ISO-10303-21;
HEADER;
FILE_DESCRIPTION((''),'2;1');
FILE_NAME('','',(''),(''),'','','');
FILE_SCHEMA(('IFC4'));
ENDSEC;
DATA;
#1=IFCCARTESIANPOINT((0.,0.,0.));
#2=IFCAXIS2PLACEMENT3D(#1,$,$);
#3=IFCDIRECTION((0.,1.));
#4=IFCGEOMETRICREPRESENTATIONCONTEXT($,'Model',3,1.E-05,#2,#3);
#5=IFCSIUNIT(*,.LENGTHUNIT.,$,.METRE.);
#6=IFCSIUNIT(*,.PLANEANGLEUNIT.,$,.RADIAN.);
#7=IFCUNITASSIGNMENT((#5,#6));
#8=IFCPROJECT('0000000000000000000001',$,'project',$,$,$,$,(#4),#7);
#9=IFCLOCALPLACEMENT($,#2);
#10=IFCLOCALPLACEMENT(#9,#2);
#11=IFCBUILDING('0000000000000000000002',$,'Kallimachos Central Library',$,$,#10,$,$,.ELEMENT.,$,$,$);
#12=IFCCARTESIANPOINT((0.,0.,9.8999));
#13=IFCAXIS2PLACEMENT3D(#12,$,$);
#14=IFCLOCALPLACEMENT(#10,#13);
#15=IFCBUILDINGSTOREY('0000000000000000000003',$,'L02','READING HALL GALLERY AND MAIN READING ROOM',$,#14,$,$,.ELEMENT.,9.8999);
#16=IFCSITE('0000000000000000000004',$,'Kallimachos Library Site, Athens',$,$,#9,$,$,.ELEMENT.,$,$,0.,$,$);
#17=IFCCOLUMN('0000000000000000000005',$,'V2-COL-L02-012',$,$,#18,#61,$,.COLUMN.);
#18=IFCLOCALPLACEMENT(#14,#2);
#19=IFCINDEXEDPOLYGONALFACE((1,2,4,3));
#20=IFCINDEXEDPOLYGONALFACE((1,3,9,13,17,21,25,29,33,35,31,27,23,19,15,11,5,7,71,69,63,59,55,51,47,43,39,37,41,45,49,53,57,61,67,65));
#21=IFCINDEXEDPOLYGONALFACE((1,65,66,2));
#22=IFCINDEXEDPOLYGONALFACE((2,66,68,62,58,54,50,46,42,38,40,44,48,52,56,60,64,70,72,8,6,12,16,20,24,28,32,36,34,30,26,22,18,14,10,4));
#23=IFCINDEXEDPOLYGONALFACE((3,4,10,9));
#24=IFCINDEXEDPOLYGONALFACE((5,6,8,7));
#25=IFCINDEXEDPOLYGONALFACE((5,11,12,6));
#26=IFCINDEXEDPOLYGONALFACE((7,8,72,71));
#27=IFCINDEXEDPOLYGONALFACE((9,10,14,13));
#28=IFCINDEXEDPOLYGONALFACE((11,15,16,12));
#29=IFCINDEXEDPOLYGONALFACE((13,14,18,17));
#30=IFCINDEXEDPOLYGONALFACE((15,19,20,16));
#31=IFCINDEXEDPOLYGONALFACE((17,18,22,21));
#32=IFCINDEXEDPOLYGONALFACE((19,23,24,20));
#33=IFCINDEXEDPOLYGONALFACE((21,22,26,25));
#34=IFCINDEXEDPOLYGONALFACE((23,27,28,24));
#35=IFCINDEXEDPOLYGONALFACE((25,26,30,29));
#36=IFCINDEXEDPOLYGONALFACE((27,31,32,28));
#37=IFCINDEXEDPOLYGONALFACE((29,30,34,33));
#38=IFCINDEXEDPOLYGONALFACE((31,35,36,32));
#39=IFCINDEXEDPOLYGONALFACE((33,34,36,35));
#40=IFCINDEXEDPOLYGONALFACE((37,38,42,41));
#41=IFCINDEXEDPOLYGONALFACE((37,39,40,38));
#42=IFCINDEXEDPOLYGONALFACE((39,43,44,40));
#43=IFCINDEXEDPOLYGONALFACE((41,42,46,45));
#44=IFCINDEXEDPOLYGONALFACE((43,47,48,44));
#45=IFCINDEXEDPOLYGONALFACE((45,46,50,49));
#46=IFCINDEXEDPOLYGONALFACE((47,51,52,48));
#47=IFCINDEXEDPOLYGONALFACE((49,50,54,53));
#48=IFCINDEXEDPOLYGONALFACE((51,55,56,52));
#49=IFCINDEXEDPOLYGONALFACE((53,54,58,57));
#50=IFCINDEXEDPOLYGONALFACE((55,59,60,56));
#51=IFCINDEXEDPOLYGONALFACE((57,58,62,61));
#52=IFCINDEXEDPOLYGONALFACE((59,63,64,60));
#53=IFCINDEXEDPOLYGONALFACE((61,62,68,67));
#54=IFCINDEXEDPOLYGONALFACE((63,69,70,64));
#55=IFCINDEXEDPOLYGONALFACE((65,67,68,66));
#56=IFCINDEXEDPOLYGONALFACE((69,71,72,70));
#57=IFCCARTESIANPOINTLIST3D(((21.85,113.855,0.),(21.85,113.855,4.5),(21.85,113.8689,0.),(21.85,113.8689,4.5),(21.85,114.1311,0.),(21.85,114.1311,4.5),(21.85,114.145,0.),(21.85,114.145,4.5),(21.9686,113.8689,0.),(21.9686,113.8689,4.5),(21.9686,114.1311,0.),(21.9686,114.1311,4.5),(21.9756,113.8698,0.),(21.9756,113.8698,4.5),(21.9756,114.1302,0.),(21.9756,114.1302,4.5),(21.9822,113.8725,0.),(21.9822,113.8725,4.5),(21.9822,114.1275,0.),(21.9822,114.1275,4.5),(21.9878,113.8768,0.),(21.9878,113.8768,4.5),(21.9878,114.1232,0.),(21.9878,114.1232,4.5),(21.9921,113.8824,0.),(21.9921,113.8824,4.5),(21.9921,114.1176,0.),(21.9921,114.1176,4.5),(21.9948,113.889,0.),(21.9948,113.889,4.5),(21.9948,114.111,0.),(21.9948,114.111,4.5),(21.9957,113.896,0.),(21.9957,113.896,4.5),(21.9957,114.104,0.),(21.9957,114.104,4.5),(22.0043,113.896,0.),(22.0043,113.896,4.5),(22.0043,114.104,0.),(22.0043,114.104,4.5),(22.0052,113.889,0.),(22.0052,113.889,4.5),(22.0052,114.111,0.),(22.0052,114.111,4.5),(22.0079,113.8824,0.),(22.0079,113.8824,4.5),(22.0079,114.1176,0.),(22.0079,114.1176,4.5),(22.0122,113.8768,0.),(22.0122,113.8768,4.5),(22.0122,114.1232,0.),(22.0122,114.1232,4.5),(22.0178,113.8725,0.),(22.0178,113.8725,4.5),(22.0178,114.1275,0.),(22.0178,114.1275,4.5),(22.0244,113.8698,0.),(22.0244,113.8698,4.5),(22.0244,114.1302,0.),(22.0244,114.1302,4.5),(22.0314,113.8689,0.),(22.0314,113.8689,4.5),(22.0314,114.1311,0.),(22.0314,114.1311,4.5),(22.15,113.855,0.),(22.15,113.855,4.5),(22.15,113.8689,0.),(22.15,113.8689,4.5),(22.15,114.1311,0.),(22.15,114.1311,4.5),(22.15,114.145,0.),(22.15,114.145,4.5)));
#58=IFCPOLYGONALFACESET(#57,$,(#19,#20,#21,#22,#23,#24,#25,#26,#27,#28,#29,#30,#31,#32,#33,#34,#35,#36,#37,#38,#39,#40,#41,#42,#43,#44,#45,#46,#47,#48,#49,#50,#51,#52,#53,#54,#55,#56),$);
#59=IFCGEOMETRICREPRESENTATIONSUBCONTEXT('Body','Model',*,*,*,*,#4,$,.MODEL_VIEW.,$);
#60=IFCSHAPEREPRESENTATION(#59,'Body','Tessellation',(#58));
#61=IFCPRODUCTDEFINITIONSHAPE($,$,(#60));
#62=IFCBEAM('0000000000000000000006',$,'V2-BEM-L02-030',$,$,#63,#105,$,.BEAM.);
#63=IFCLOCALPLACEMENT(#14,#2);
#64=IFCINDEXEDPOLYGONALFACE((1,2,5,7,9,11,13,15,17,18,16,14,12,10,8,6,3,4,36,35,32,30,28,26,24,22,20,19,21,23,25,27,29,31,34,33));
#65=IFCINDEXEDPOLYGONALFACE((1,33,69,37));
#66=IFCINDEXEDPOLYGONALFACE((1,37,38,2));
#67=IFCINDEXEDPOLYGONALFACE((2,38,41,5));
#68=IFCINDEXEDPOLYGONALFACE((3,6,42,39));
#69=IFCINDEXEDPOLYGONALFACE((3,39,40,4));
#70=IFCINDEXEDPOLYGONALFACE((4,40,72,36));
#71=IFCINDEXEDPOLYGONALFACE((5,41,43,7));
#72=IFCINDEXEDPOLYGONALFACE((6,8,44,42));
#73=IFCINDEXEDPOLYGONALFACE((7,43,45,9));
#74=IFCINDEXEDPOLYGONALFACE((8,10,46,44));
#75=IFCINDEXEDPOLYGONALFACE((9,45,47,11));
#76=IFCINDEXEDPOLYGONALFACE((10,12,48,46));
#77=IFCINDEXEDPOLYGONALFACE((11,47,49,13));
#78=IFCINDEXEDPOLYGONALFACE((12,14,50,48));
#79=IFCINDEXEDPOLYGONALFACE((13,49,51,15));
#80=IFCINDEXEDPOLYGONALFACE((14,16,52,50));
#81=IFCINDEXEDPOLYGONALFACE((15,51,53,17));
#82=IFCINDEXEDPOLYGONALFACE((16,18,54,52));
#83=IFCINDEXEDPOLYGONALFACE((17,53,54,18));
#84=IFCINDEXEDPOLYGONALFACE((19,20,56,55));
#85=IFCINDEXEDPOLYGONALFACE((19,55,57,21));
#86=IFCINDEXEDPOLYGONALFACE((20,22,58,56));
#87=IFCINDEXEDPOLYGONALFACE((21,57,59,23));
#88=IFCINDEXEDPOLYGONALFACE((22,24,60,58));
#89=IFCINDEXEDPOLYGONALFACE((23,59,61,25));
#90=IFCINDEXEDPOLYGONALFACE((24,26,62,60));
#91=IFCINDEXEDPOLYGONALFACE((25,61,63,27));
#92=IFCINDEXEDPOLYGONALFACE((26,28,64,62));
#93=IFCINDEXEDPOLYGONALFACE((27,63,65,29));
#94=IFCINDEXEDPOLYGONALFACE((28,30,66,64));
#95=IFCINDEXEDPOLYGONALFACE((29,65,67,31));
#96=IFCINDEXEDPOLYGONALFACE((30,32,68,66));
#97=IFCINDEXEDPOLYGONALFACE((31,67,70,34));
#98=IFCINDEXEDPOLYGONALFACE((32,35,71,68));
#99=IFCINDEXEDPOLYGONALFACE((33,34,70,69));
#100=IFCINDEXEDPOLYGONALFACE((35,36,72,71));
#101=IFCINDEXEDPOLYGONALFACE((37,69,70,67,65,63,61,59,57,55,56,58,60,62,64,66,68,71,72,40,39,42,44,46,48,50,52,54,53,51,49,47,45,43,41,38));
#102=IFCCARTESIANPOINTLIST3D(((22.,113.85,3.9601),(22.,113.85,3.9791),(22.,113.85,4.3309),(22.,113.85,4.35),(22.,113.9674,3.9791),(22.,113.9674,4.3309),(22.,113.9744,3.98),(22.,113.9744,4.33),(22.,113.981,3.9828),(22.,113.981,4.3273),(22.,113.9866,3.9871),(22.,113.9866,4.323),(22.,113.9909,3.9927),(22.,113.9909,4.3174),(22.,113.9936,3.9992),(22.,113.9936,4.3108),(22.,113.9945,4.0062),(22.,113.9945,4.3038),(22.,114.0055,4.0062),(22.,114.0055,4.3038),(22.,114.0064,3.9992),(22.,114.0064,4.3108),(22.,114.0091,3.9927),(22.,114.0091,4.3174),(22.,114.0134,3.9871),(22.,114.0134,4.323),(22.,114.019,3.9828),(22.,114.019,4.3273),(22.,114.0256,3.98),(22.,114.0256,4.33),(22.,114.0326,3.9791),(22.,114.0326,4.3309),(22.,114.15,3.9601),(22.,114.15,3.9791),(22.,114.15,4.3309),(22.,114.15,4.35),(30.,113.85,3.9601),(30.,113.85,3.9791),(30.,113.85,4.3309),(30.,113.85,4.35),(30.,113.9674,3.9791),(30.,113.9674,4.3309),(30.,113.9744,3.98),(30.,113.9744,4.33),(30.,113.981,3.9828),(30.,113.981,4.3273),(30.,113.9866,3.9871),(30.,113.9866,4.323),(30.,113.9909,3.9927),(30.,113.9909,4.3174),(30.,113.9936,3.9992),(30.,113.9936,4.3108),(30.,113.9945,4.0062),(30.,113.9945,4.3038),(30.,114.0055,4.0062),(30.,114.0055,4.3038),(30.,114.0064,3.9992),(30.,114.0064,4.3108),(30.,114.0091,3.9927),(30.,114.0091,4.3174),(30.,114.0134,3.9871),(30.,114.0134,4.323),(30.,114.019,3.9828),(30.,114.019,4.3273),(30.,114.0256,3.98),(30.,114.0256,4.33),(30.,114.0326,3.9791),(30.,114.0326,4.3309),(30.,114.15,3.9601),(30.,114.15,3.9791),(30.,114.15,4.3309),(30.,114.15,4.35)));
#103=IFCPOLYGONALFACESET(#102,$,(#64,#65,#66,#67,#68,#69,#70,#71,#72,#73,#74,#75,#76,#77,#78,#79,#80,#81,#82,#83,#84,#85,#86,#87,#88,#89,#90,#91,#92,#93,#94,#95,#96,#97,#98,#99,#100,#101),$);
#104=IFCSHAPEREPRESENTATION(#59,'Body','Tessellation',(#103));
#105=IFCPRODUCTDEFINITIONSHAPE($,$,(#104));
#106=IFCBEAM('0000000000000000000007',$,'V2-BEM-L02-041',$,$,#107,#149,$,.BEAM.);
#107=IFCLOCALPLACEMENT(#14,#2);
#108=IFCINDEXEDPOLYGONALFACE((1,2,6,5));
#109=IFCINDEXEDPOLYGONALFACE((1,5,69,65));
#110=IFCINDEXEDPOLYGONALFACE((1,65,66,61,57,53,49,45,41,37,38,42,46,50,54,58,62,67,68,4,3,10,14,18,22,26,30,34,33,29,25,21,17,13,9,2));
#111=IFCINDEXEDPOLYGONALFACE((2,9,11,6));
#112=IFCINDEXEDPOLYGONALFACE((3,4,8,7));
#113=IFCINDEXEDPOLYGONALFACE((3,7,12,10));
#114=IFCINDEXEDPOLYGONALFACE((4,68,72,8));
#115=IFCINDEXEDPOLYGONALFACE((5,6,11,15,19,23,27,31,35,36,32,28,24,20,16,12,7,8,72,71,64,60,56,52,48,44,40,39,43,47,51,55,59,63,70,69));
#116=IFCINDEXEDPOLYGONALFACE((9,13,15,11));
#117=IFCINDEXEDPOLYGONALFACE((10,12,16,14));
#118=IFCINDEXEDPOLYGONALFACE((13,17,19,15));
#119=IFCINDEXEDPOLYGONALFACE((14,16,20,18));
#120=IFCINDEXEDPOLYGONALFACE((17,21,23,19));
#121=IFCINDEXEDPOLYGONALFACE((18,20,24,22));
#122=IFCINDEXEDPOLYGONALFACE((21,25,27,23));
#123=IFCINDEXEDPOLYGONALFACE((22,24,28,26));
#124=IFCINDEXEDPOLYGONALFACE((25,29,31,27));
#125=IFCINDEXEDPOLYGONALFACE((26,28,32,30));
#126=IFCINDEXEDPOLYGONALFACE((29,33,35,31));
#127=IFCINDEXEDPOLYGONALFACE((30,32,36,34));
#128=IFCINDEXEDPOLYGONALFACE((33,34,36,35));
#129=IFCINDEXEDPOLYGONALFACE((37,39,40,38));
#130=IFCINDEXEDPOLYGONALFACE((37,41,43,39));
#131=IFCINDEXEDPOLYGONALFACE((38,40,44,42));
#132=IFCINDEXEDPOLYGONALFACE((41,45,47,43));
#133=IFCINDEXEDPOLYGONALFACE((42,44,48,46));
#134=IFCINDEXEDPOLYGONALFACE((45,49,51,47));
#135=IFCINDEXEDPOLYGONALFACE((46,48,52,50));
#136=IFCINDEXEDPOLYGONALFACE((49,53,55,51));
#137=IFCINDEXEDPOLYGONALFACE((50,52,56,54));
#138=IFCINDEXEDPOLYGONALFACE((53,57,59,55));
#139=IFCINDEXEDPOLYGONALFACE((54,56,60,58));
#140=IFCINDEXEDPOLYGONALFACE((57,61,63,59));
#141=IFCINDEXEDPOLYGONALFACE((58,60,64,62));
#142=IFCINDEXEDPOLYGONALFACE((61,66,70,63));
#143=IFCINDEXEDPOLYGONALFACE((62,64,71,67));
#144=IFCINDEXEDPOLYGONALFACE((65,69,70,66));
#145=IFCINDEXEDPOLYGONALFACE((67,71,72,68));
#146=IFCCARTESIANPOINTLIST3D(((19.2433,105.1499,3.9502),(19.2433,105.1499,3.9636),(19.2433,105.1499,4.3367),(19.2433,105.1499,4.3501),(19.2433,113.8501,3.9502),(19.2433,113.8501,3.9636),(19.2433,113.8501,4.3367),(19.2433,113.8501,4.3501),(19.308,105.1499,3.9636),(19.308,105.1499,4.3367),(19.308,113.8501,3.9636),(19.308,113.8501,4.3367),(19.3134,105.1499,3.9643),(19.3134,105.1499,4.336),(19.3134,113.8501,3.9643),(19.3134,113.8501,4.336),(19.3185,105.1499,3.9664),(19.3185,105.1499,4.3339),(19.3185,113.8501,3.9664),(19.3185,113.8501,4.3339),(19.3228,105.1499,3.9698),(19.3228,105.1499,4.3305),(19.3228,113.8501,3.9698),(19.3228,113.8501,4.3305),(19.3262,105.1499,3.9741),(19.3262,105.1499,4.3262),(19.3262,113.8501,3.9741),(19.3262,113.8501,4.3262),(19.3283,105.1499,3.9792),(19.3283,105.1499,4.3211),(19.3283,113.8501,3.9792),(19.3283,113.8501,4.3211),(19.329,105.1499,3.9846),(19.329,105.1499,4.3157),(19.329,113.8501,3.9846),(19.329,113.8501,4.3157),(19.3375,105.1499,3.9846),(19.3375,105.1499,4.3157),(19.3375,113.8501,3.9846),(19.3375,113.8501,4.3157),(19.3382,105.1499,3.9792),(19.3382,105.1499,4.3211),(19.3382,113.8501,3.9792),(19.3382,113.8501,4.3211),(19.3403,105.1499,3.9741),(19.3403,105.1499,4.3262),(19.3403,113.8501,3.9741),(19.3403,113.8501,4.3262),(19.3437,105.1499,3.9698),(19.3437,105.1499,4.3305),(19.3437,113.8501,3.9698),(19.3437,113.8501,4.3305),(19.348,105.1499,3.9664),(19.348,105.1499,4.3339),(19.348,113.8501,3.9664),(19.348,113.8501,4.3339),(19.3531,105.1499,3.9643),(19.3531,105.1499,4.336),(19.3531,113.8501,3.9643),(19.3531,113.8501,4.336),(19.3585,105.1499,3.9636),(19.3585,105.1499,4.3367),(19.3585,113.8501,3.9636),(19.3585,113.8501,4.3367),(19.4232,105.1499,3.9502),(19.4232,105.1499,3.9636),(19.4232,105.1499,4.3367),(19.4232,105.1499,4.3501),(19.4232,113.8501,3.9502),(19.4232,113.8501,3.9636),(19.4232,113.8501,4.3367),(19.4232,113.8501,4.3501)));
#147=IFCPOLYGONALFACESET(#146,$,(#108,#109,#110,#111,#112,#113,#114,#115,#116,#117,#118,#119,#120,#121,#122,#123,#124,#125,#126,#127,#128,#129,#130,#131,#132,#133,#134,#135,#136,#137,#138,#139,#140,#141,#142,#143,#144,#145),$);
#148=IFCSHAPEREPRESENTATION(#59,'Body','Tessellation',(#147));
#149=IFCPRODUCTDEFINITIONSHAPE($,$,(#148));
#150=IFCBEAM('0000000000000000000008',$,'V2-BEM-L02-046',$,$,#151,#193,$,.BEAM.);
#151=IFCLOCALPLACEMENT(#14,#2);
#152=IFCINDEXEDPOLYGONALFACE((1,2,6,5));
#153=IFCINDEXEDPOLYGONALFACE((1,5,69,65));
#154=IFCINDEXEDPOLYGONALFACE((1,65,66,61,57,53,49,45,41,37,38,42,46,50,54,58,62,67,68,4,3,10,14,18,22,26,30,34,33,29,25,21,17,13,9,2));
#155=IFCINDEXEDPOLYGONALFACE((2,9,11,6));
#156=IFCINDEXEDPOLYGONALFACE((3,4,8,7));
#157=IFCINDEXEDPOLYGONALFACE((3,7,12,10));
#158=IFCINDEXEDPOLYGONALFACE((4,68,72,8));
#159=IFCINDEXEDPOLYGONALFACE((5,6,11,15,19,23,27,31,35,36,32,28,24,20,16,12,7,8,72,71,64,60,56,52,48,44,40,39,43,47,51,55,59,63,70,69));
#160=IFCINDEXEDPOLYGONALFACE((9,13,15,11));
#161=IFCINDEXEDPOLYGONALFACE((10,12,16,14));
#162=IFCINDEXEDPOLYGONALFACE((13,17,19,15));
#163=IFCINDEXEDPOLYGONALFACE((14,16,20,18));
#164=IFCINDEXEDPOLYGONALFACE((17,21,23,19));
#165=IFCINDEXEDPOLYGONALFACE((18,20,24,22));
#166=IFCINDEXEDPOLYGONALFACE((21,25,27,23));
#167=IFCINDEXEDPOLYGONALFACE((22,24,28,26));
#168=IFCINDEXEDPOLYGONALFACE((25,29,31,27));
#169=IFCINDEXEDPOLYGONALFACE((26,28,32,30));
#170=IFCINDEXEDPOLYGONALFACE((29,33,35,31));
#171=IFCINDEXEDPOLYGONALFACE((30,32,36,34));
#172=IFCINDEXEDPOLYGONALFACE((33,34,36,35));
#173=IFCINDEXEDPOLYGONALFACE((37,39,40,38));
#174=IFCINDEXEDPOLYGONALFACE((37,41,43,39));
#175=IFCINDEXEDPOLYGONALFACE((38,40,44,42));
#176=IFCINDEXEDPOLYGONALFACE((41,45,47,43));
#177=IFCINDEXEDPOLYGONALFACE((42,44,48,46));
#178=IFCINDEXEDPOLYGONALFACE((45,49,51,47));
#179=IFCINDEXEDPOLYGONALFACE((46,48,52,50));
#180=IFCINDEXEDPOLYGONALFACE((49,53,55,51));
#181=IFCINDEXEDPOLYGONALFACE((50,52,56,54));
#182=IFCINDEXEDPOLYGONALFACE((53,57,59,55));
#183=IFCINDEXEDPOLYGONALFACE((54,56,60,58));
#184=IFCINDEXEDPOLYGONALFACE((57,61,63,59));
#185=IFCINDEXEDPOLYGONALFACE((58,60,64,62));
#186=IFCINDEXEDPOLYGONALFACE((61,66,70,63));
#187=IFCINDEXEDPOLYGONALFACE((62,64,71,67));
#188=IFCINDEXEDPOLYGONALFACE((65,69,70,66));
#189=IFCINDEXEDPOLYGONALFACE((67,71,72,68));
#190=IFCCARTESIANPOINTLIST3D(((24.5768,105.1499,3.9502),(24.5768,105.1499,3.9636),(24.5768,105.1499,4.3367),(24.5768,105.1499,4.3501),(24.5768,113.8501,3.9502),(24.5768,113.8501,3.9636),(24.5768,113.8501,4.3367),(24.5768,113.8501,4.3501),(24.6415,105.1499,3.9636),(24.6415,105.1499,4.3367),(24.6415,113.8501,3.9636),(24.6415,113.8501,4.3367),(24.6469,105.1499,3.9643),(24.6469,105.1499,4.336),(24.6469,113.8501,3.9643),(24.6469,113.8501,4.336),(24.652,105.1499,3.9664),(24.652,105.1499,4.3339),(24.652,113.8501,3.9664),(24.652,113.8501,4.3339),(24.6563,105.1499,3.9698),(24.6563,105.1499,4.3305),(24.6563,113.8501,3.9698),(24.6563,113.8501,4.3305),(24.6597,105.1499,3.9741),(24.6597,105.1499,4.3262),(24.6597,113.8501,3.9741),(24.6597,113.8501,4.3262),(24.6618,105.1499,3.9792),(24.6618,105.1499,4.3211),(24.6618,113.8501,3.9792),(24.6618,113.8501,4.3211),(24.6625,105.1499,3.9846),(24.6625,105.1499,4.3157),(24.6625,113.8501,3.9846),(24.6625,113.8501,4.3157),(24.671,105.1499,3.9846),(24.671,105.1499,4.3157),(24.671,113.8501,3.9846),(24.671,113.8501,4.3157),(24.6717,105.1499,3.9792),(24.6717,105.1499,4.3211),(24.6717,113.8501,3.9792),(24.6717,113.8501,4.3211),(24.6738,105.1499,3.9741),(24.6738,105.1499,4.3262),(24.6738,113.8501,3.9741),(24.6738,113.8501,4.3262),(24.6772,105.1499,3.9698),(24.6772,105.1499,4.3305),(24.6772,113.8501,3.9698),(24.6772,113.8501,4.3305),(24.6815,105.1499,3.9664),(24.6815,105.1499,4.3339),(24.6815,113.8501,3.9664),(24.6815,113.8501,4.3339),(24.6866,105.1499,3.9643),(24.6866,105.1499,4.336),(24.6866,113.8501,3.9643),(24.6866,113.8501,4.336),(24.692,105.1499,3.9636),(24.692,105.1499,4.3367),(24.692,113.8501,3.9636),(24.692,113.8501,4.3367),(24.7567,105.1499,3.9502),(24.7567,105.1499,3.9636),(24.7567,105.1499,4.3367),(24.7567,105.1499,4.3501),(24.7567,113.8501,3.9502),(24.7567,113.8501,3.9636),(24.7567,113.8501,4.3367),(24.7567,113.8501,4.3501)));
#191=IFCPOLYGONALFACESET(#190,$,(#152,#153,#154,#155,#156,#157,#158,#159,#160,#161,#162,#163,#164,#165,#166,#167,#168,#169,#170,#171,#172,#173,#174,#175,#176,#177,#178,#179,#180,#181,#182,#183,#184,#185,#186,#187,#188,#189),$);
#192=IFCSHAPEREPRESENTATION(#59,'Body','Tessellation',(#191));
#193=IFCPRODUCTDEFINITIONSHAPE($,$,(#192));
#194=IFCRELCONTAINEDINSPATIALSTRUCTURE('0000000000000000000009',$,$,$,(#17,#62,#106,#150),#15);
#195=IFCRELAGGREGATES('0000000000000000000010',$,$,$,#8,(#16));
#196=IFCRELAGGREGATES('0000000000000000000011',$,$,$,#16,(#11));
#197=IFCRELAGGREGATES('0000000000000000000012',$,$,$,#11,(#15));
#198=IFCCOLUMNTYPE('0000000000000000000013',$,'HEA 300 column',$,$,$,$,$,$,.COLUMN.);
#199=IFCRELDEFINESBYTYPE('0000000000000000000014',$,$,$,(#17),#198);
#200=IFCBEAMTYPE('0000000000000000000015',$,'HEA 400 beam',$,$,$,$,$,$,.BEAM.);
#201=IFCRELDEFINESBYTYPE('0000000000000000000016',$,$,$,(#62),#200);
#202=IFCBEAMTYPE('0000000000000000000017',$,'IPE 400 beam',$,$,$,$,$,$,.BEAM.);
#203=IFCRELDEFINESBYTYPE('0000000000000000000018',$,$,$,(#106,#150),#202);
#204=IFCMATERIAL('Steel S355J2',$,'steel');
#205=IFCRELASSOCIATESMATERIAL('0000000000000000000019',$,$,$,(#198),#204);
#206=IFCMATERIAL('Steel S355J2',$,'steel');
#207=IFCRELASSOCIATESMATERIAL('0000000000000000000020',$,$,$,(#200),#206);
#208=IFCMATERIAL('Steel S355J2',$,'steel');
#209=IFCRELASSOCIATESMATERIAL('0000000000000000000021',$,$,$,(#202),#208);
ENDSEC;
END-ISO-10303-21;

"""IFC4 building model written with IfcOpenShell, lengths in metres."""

from ifc_helpers import new_model, si_unit, direction, frame, origin, origin_2d, place, context, subcontext, project, spatial, i_section, extrude, material, material_profile, profile_set, type_object, element, save


model = new_model("IFC4")

# Units and contexts
model_context = context("Model", 3, precision=1e-05, world=origin(), true_north=direction((0.0, 1.0)))
body_context = subcontext(model_context, "Body", "Model", "MODEL_VIEW")
ifc_project = project(units=[si_unit("LENGTHUNIT", "METRE"), si_unit("PLANEANGLEUNIT", "RADIAN")], contexts=[model_context])

# Site, building, storey
site_placement = place(None, origin())
site = spatial("IfcSite", under=ifc_project, at=site_placement, Name="Kallimachos Library Site, Athens", CompositionType="ELEMENT", RefElevation=0.0)
building_placement = place(site_placement, origin())
building = spatial("IfcBuilding", under=site, at=building_placement, Name="Kallimachos Central Library", CompositionType="ELEMENT")
storey_placement = place(building_placement, frame((0.0, 0.0, 9.8999)))
storey = spatial("IfcBuildingStorey", under=building, at=storey_placement, Name="L02", Description="READING HALL GALLERY AND MAIN READING ROOM", CompositionType="ELEMENT", Elevation=9.8999)

# Column
ifc_material_1 = material(Name="Steel S355J2", Category="steel")
ifc_material_profile_1 = material_profile(ifc_material_1, i_section(OverallWidth=0.3, OverallDepth=0.29, WebThickness=0.0085, FlangeThickness=0.0139, FilletRadius=0.0271, at=origin_2d()), Name="HEA 300")
ifc_profile_set_1 = profile_set([ifc_material_profile_1], Name="Steel S355J2")
column_type = type_object("IfcColumnType", Name="HEA 300 column", PredefinedType="COLUMN", material=ifc_profile_set_1)
column_placement = place(storey_placement, frame((22.0, 114.0, 0.0), z_axis=(0.0, 0.0, 1.0), x_axis=(1.0, 0.0, 0.0)))
element("IfcColumn", 1, at=column_placement, inside=storey, type_object=column_type, Name="V2-COL-L02-012", PredefinedType="COLUMN", context=body_context, shape_type="SweptSolid", body=[
    extrude(i_section(OverallWidth=0.3, OverallDepth=0.29, WebThickness=0.0085, FlangeThickness=0.0139, FilletRadius=0.0271, at=origin_2d()), origin(), (0.0, 0.0, 1.0), 4.5),
])

# Beams
ifc_material_2 = material(Name="Steel S355J2", Category="steel")
ifc_material_profile_2 = material_profile(ifc_material_2, i_section(OverallWidth=0.3, OverallDepth=0.3899, WebThickness=0.011, FlangeThickness=0.019, FilletRadius=0.0271, at=origin_2d()), Name="HEA 400")
ifc_profile_set_2 = profile_set([ifc_material_profile_2], Name="Steel S355J2")
beam_type_1 = type_object("IfcBeamType", Name="HEA 400 beam", PredefinedType="BEAM", material=ifc_profile_set_2)
beam_placement = place(storey_placement, frame((22.0, 114.0, 4.155), z_axis=(1.0, 0.0, 0.0), x_axis=(0.0, 1.0, 0.0)))
element("IfcBeam", 2, at=beam_placement, inside=storey, type_object=beam_type_1, Name="V2-BEM-L02-030", PredefinedType="BEAM", context=body_context, shape_type="SweptSolid", body=[
    extrude(i_section(OverallWidth=0.3, OverallDepth=0.3899, WebThickness=0.011, FlangeThickness=0.019, FilletRadius=0.0271, at=origin_2d()), origin(), (0.0, 0.0, 1.0), 8.0),
])
ifc_material_3 = material(Name="Steel S355J2", Category="steel")
ifc_material_profile_3 = material_profile(ifc_material_3, i_section(OverallWidth=0.1799, OverallDepth=0.3999, WebThickness=0.0085, FlangeThickness=0.0134, FilletRadius=0.021, at=origin_2d()), Name="IPE 400")
ifc_profile_set_3 = profile_set([ifc_material_profile_3], Name="Steel S355J2")
beam_type_2 = type_object("IfcBeamType", Name="IPE 400 beam", PredefinedType="BEAM", material=ifc_profile_set_3)
for number, where, z_axis, x_axis, name in (
    (3, (19.3333, 105.1499, 4.1501), (0.0, 1.0, 0.0), (-1.0, 0.0, 0.0), "V2-BEM-L02-041"),
    (4, (24.6667, 105.1499, 4.1501), (0.0, 1.0, 0.0), (-1.0, 0.0, 0.0), "V2-BEM-L02-046"),
):
    element("IfcBeam", number, at=place(storey_placement, frame(where, z_axis=z_axis, x_axis=x_axis)), inside=storey, type_object=beam_type_2, Name=name, PredefinedType="BEAM", context=body_context, shape_type="SweptSolid", body=[
        extrude(i_section(OverallWidth=0.1799, OverallDepth=0.3999, WebThickness=0.0085, FlangeThickness=0.0134, FilletRadius=0.021, at=origin_2d()), origin(), (0.0, 0.0, 1.0), 8.7002),
    ])

save(model, "model.ifc")
